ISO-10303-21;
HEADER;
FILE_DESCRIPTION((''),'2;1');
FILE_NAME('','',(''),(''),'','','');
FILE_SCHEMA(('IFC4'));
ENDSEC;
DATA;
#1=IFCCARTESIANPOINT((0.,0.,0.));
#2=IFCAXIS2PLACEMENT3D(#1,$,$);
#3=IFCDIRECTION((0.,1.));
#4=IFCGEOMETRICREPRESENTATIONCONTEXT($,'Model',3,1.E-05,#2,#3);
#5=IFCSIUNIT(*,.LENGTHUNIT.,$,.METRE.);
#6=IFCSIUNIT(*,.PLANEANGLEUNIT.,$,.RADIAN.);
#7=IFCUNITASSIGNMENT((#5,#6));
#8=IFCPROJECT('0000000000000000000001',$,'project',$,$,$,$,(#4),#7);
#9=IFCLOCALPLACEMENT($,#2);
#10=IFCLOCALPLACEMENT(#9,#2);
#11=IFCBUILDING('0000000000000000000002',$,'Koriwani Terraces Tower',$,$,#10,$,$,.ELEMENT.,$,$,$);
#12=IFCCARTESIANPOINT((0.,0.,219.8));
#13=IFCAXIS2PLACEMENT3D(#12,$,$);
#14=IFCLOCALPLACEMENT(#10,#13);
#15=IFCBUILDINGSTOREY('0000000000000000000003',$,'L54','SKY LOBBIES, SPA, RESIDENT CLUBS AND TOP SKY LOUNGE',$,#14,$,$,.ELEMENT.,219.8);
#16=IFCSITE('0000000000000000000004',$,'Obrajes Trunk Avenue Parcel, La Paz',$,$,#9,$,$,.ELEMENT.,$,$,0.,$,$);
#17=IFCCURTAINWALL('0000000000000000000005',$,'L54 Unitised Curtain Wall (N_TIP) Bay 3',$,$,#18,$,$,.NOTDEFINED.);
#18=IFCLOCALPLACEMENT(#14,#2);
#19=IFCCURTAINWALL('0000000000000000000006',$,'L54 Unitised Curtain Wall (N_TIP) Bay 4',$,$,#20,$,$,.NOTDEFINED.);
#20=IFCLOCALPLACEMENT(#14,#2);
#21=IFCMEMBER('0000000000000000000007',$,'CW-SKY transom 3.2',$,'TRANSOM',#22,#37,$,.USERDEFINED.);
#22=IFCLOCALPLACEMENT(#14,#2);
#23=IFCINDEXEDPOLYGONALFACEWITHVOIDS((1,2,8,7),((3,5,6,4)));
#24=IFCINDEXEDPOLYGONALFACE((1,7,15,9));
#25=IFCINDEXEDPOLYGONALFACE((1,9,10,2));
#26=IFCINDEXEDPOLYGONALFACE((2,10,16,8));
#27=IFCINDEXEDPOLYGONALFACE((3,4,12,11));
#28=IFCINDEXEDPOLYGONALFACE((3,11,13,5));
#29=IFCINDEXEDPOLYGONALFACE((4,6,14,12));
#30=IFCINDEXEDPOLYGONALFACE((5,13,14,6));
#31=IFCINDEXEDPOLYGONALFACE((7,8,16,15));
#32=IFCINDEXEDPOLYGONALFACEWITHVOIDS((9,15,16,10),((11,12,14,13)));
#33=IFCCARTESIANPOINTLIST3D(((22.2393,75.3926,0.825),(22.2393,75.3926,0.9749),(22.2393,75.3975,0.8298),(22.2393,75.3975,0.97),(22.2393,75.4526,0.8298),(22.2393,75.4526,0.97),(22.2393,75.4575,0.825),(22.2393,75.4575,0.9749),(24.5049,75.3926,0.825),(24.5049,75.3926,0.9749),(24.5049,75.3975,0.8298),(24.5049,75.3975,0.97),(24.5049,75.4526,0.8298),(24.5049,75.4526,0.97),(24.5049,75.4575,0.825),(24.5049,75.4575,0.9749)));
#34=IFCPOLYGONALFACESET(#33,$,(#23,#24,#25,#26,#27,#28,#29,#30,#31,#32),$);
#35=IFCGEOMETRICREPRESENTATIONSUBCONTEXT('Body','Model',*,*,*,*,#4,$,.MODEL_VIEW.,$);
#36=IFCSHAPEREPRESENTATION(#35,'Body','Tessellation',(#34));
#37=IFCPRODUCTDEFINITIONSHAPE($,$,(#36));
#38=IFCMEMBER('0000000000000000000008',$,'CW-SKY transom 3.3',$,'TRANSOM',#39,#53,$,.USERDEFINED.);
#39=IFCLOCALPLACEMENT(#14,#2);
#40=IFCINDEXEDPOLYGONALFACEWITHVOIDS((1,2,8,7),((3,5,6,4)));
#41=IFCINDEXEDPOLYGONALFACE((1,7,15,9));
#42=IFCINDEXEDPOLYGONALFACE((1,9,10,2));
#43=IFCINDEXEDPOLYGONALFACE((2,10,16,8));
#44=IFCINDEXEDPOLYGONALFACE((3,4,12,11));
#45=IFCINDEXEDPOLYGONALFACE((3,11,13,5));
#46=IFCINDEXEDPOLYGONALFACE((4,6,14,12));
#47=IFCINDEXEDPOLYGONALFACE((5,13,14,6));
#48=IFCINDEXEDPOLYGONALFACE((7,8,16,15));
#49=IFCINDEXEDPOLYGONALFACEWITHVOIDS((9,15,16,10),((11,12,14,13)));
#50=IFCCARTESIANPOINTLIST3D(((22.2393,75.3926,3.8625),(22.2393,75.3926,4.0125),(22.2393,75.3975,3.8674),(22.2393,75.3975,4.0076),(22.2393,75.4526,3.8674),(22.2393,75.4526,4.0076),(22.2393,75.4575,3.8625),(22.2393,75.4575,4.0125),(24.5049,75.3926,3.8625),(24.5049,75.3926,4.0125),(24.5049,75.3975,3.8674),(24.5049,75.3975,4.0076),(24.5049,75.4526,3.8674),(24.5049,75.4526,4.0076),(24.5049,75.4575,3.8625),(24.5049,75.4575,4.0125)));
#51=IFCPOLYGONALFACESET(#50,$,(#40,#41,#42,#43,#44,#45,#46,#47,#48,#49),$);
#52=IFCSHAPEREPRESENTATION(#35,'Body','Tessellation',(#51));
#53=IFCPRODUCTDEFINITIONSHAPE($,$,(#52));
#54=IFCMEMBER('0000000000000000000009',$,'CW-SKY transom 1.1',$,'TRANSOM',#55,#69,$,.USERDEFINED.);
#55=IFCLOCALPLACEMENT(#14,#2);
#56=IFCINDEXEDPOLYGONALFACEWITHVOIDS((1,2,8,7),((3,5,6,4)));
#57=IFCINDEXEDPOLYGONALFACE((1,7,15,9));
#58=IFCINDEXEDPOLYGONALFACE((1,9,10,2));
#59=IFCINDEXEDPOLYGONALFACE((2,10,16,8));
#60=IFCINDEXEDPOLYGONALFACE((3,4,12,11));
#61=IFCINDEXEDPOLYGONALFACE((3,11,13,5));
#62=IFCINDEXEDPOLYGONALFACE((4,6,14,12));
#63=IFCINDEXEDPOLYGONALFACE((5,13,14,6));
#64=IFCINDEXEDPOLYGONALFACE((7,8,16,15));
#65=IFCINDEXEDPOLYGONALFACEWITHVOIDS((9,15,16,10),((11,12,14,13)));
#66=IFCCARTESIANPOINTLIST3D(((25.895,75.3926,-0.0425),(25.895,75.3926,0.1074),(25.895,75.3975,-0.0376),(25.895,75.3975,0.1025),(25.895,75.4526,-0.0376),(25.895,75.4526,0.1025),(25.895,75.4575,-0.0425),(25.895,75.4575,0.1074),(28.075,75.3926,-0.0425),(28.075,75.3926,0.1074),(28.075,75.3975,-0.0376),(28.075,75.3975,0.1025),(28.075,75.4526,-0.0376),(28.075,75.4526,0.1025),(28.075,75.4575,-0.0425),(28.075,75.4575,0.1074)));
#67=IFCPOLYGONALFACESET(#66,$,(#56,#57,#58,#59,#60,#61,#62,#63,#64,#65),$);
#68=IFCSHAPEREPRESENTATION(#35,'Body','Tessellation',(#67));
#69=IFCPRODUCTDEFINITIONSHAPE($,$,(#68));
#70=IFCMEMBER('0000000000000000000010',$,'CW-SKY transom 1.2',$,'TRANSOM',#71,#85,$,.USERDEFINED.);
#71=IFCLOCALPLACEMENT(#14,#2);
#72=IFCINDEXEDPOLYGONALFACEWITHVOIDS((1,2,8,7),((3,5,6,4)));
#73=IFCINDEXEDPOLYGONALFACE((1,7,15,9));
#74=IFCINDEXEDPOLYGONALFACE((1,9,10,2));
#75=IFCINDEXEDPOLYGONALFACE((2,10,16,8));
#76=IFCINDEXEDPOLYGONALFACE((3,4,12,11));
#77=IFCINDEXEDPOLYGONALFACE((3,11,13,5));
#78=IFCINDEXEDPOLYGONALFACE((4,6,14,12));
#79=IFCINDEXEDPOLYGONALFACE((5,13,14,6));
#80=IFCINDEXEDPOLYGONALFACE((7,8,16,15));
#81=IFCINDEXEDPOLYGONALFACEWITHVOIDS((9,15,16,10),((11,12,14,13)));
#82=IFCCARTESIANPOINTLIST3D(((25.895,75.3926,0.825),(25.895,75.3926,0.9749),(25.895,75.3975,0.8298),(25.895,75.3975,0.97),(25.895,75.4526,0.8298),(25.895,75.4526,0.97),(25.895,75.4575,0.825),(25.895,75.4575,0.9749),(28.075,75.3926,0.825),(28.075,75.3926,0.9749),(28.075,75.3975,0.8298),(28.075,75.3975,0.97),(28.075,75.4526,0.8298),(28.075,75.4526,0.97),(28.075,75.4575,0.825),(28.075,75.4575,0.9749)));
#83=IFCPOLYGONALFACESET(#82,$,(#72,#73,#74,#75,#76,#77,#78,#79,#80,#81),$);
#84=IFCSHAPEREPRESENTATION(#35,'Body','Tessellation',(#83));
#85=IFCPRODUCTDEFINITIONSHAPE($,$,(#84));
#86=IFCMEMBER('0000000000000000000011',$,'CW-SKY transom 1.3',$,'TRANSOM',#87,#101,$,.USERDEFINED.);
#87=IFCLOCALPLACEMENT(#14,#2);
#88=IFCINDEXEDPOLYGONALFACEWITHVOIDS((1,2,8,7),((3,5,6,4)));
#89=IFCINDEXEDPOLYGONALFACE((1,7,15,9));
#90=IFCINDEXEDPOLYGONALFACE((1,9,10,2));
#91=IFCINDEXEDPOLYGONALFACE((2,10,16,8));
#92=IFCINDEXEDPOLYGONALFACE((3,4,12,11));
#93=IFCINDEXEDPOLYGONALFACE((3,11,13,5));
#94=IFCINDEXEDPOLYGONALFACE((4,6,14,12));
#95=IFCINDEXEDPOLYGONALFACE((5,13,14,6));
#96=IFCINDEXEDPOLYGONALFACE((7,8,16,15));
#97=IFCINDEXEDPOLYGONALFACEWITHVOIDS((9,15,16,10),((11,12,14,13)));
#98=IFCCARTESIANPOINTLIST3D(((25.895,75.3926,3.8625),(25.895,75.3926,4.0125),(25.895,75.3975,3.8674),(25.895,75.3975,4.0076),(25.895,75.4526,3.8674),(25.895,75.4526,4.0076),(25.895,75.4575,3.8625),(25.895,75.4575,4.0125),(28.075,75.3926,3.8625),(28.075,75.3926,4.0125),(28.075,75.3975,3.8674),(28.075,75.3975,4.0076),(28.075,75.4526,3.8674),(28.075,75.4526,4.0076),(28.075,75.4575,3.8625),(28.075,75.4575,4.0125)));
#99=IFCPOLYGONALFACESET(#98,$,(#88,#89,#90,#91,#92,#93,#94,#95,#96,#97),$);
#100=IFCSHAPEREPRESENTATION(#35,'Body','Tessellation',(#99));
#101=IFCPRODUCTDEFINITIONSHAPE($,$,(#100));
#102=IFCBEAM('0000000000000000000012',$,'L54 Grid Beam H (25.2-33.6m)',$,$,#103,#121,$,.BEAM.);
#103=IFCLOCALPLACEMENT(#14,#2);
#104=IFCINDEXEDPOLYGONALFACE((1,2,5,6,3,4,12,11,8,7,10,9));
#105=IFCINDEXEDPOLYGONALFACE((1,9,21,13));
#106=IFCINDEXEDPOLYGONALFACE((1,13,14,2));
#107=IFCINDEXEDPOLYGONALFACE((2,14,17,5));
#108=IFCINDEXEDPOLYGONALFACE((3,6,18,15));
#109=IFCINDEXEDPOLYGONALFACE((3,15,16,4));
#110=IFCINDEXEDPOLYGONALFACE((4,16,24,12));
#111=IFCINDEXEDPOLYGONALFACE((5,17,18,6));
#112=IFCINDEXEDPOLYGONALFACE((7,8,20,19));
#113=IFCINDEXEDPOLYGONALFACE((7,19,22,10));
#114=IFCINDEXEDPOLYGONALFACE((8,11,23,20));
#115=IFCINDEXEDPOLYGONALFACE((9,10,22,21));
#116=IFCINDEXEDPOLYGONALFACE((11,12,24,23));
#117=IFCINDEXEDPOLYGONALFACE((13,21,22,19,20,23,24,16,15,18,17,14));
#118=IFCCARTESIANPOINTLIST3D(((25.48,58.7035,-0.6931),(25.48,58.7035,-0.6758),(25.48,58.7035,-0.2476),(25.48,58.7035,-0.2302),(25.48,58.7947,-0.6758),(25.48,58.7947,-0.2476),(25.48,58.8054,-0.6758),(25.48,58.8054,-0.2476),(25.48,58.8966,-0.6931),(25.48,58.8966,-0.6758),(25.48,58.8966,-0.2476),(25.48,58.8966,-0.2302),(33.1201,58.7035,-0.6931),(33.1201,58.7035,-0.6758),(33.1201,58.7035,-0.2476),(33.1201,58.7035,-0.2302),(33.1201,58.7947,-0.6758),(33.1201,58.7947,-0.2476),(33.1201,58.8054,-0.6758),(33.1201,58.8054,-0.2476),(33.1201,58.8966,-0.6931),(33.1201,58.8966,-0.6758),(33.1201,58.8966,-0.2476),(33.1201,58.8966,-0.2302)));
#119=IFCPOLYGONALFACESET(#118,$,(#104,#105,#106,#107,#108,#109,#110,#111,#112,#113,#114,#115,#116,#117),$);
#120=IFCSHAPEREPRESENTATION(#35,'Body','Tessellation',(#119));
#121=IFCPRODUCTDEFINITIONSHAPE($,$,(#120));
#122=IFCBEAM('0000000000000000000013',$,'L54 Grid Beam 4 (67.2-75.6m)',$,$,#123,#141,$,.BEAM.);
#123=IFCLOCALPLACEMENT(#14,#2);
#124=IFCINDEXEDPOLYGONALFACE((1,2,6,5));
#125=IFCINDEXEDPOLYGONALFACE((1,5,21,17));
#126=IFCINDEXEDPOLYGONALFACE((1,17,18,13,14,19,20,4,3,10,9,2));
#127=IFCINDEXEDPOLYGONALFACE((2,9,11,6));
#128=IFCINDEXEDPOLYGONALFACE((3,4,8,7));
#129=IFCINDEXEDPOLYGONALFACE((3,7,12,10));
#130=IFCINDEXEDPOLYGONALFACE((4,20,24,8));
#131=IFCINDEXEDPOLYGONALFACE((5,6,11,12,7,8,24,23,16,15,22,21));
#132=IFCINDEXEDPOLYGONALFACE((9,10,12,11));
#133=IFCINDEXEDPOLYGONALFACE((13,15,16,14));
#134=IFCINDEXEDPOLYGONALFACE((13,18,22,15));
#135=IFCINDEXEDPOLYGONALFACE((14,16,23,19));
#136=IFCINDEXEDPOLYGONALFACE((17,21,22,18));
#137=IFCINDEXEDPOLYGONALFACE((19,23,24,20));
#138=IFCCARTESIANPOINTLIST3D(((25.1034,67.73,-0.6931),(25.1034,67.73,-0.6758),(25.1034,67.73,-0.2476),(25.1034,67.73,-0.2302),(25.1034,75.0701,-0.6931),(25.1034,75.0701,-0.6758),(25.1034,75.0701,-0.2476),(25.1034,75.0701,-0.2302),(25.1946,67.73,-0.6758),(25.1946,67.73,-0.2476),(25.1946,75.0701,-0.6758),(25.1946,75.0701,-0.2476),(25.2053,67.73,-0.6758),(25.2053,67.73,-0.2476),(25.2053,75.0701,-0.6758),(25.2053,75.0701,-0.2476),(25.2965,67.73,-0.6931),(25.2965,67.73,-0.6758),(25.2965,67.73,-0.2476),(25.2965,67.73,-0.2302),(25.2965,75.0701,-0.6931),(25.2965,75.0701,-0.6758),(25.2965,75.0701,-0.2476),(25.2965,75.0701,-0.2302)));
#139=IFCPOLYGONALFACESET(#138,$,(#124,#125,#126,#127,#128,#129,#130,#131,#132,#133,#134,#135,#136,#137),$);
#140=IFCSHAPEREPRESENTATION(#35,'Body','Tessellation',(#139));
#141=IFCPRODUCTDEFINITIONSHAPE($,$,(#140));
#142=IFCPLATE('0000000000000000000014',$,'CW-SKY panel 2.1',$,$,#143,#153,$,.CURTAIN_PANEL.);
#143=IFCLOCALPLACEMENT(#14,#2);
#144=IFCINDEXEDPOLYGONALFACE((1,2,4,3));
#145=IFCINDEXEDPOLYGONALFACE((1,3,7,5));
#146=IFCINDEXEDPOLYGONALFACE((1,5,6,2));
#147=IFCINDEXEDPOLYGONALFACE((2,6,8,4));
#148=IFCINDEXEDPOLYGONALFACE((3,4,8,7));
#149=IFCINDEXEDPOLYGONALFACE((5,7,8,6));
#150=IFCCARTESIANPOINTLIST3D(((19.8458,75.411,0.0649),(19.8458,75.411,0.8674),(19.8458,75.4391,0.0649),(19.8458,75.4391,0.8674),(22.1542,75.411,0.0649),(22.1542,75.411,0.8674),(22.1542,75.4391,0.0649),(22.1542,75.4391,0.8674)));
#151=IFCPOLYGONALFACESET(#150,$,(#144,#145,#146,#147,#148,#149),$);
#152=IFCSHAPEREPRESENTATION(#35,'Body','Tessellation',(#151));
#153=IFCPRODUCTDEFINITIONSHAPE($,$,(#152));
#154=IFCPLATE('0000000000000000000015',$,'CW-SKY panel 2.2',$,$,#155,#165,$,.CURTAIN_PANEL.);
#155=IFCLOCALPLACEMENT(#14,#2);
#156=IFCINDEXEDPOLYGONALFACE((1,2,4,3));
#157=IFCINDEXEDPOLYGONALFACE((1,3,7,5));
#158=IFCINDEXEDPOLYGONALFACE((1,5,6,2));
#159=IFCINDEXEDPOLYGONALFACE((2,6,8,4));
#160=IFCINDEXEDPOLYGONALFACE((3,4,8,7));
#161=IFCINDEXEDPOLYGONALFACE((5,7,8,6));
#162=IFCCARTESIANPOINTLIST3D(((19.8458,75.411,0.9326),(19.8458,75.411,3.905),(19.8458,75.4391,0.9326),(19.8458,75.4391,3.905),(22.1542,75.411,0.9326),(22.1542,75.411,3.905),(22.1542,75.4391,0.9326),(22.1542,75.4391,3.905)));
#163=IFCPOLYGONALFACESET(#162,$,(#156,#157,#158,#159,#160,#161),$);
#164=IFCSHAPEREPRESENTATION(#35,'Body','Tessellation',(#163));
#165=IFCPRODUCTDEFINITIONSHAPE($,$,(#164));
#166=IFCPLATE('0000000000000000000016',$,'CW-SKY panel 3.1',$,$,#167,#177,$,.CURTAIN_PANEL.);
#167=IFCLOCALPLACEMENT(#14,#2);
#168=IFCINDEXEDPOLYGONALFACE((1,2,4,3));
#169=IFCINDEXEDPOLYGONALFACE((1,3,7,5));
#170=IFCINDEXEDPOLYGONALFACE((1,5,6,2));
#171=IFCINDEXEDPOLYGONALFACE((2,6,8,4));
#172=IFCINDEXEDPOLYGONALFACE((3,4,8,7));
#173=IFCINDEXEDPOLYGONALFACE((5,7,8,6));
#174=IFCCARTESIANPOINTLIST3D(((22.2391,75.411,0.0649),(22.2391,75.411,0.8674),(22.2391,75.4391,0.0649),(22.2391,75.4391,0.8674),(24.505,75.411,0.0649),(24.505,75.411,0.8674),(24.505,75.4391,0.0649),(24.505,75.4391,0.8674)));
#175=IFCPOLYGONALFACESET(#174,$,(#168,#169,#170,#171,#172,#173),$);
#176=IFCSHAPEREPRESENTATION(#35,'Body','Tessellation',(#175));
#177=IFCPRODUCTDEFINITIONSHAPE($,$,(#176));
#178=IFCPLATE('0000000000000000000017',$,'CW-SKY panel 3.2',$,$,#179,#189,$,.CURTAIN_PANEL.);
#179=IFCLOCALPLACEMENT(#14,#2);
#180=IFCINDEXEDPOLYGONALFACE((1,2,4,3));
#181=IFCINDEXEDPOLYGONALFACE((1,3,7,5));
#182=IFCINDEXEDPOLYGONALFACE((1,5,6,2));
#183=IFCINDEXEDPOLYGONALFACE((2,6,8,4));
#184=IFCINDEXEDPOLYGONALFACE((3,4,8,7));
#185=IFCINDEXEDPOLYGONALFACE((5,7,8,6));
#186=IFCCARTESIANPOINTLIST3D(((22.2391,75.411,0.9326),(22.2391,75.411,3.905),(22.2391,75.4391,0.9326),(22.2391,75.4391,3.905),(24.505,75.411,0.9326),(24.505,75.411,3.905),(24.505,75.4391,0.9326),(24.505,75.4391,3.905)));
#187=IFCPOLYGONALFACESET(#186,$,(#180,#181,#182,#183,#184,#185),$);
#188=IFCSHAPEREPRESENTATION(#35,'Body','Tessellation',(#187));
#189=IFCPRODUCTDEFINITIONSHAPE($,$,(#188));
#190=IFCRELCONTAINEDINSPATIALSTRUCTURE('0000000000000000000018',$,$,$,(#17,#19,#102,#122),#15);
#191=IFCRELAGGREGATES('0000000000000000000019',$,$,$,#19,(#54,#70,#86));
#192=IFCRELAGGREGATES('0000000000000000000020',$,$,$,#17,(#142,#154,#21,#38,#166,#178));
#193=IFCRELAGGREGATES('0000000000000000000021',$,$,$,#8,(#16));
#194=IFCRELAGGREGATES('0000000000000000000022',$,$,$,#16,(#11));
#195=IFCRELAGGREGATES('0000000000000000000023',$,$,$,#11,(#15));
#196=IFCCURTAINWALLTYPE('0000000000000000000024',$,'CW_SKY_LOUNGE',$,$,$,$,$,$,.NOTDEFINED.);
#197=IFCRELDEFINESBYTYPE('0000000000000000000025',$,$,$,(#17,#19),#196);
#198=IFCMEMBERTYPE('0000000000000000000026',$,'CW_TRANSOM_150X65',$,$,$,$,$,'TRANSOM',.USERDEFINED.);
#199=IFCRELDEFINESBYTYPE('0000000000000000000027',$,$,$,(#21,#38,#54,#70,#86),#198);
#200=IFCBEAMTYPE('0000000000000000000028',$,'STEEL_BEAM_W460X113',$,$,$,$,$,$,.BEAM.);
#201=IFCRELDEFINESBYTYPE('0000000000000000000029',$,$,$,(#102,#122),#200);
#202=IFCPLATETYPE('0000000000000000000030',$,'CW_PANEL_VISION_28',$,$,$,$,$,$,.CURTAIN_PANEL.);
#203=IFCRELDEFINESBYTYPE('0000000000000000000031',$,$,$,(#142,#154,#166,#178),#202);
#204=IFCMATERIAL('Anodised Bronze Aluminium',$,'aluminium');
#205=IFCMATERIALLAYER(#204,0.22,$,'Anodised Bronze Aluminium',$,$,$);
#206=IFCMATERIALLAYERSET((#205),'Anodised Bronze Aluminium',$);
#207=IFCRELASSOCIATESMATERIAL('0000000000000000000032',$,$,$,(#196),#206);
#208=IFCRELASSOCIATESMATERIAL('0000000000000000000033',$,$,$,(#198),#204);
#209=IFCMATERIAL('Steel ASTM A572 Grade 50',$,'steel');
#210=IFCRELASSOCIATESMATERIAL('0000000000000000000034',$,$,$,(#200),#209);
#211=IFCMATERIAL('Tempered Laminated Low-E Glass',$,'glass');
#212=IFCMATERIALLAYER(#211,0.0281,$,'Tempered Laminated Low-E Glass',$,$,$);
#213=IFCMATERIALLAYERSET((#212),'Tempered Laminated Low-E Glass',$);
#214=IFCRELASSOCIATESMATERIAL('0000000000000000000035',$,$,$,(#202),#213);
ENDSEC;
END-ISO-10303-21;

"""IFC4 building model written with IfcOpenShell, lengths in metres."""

from ifc_helpers import new_model, si_unit, direction, frame, origin, origin_2d, place, context, subcontext, project, spatial, rectangle, hollow_rectangle, i_section, extrude, material, layer, layer_set, material_profile, profile_set, type_object, element, aggregate, save


model = new_model("IFC4")

# Units and contexts
model_context = context("Model", 3, precision=1e-05, world=origin(), true_north=direction((0.0, 1.0)))
body_context = subcontext(model_context, "Body", "Model", "MODEL_VIEW")
ifc_project = project(units=[si_unit("LENGTHUNIT", "METRE"), si_unit("PLANEANGLEUNIT", "RADIAN")], contexts=[model_context])

# Site, building, storey
site_placement = place(None, origin())
site = spatial("IfcSite", under=ifc_project, at=site_placement, Name="Obrajes Trunk Avenue Parcel, La Paz", CompositionType="ELEMENT", RefElevation=0.0)
building_placement = place(site_placement, origin())
building = spatial("IfcBuilding", under=site, at=building_placement, Name="Koriwani Terraces Tower", CompositionType="ELEMENT")
storey_placement = place(building_placement, frame((0.0, 0.0, 219.8)))
storey = spatial("IfcBuildingStorey", under=building, at=storey_placement, Name="L54", Description="SKY LOBBIES, SPA, RESIDENT CLUBS AND TOP SKY LOUNGE", CompositionType="ELEMENT", Elevation=219.8)

# Curtain wall
ifc_material_1 = material(Name="Anodised Bronze Aluminium", Category="aluminium")
ifc_layer_1 = layer(ifc_material_1, 0.22, Name="Anodised Bronze Aluminium")
ifc_layer_set_1 = layer_set([ifc_layer_1], Name="Anodised Bronze Aluminium")
curtain_wall_type = type_object("IfcCurtainWallType", Name="CW_SKY_LOUNGE", PredefinedType="NOTDEFINED", material=ifc_layer_set_1)
curtain_wall_1_placement = place(storey_placement, origin())
curtain_wall_1 = element("IfcCurtainWall", 1, at=curtain_wall_1_placement, inside=storey, type_object=curtain_wall_type, Name="L54 Unitised Curtain Wall (N_TIP) Bay 3", PredefinedType="NOTDEFINED")

# Curtain wall
curtain_wall_2_placement = place(storey_placement, origin())
curtain_wall_2 = element("IfcCurtainWall", 2, at=curtain_wall_2_placement, inside=storey, type_object=curtain_wall_type, Name="L54 Unitised Curtain Wall (N_TIP) Bay 4", PredefinedType="NOTDEFINED")

# Members
ifc_material_profile_1 = material_profile(ifc_material_1, hollow_rectangle(XDim=0.0649, YDim=0.1499, WallThickness=0.0049, at=origin_2d()), Name="Anodised Bronze Aluminium", Category="LoadBearing")
ifc_profile_set_1 = profile_set([ifc_material_profile_1], Name="Anodised Bronze Aluminium")
member_type_1 = type_object("IfcMemberType", Name="CW_TRANSOM_150X65", ElementType="TRANSOM", PredefinedType="USERDEFINED", material=ifc_profile_set_1)
member_1_placement = place(storey_placement, frame((22.2393, 75.425, 0.8999), z_axis=(1.0, 0.0, 0.0), x_axis=(0.0, 1.0, 0.0)))
member_1 = element("IfcMember", 3, at=member_1_placement, type_object=member_type_1, Name="CW-SKY transom 3.2", ObjectType="TRANSOM", PredefinedType="USERDEFINED", context=body_context, shape_type="SweptSolid", body=[
    extrude(hollow_rectangle(XDim=0.0649, YDim=0.1499, WallThickness=0.0049, at=origin_2d()), origin(), (0.0, 0.0, 1.0), 2.2656),
])
member_2_placement = place(storey_placement, frame((22.2393, 75.425, 3.9375), z_axis=(1.0, 0.0, 0.0), x_axis=(0.0, 1.0, 0.0)))
member_2 = element("IfcMember", 4, at=member_2_placement, type_object=member_type_1, Name="CW-SKY transom 3.3", ObjectType="TRANSOM", PredefinedType="USERDEFINED", context=body_context, shape_type="SweptSolid", body=[
    extrude(hollow_rectangle(XDim=0.0649, YDim=0.1499, WallThickness=0.0049, at=origin_2d()), origin(), (0.0, 0.0, 1.0), 2.2656),
])
member_3_placement = place(storey_placement, frame((25.895, 75.425, 0.0325), z_axis=(1.0, 0.0, 0.0), x_axis=(0.0, 1.0, 0.0)))
member_3 = element("IfcMember", 5, at=member_3_placement, type_object=member_type_1, Name="CW-SKY transom 1.1", ObjectType="TRANSOM", PredefinedType="USERDEFINED", context=body_context, shape_type="SweptSolid", body=[
    extrude(hollow_rectangle(XDim=0.0649, YDim=0.1499, WallThickness=0.0049, at=origin_2d()), origin(), (0.0, 0.0, 1.0), 2.1799),
])
member_4_placement = place(storey_placement, frame((25.895, 75.425, 0.8999), z_axis=(1.0, 0.0, 0.0), x_axis=(0.0, 1.0, 0.0)))
member_4 = element("IfcMember", 6, at=member_4_placement, type_object=member_type_1, Name="CW-SKY transom 1.2", ObjectType="TRANSOM", PredefinedType="USERDEFINED", context=body_context, shape_type="SweptSolid", body=[
    extrude(hollow_rectangle(XDim=0.0649, YDim=0.1499, WallThickness=0.0049, at=origin_2d()), origin(), (0.0, 0.0, 1.0), 2.1799),
])
member_5_placement = place(storey_placement, frame((25.895, 75.425, 3.9375), z_axis=(1.0, 0.0, 0.0), x_axis=(0.0, 1.0, 0.0)))
member_5 = element("IfcMember", 7, at=member_5_placement, type_object=member_type_1, Name="CW-SKY transom 1.3", ObjectType="TRANSOM", PredefinedType="USERDEFINED", context=body_context, shape_type="SweptSolid", body=[
    extrude(hollow_rectangle(XDim=0.0649, YDim=0.1499, WallThickness=0.0049, at=origin_2d()), origin(), (0.0, 0.0, 1.0), 2.1799),
])
aggregate(curtain_wall_2, [member_3, member_4, member_5])

# Beams
ifc_material_2 = material(Name="Steel ASTM A572 Grade 50", Category="steel")
ifc_material_profile_2 = material_profile(ifc_material_2, i_section(OverallWidth=0.1931, OverallDepth=0.4629, WebThickness=0.0107, FlangeThickness=0.0173, at=origin_2d()), Name="Steel ASTM A572 Grade 50", Category="LoadBearing")
ifc_profile_set_2 = profile_set([ifc_material_profile_2], Name="Steel ASTM A572 Grade 50")
beam_type_1 = type_object("IfcBeamType", Name="STEEL_BEAM_W460X113", PredefinedType="BEAM", material=ifc_profile_set_2)
beam_1_placement = place(storey_placement, frame((25.48, 58.8, -0.4617), z_axis=(1.0, 0.0, 0.0), x_axis=(0.0, 1.0, 0.0)))
element("IfcBeam", 8, at=beam_1_placement, inside=storey, type_object=beam_type_1, Name="L54 Grid Beam H (25.2-33.6m)", PredefinedType="BEAM", context=body_context, shape_type="SweptSolid", body=[
    extrude(i_section(OverallWidth=0.1931, OverallDepth=0.4629, WebThickness=0.0107, FlangeThickness=0.0173, at=origin_2d()), origin(), (0.0, 0.0, 1.0), 7.6401),
])
beam_2_placement = place(storey_placement, frame((25.2, 67.73, -0.4617), z_axis=(0.0, 1.0, 0.0), x_axis=(-1.0, 0.0, 0.0)))
element("IfcBeam", 9, at=beam_2_placement, inside=storey, type_object=beam_type_1, Name="L54 Grid Beam 4 (67.2-75.6m)", PredefinedType="BEAM", context=body_context, shape_type="SweptSolid", body=[
    extrude(i_section(OverallWidth=0.1931, OverallDepth=0.4629, WebThickness=0.0107, FlangeThickness=0.0173, at=origin_2d()), origin(), (0.0, 0.0, 1.0), 7.3401),
])

# Plates
ifc_material_3 = material(Name="Tempered Laminated Low-E Glass", Category="glass")
ifc_layer_2 = layer(ifc_material_3, 0.0281, Name="Tempered Laminated Low-E Glass")
ifc_layer_set_2 = layer_set([ifc_layer_2], Name="Tempered Laminated Low-E Glass")
plate_type = type_object("IfcPlateType", Name="CW_PANEL_VISION_28", PredefinedType="CURTAIN_PANEL", material=ifc_layer_set_2)
plate_1_placement = place(storey_placement, frame((21.0, 75.425, 0.0649), z_axis=(0.0, 0.0, 1.0), x_axis=(1.0, 0.0, 0.0)))
plate_1 = element("IfcPlate", 10, at=plate_1_placement, type_object=plate_type, Name="CW-SKY panel 2.1", PredefinedType="CURTAIN_PANEL", context=body_context, shape_type="SweptSolid", body=[
    extrude(rectangle(XDim=2.3083, YDim=0.0281, at=origin_2d()), origin(), (0.0, 0.0, 1.0), 0.8025),
])
plate_2_placement = place(storey_placement, frame((21.0, 75.425, 0.9326), z_axis=(0.0, 0.0, 1.0), x_axis=(1.0, 0.0, 0.0)))
plate_2 = element("IfcPlate", 11, at=plate_2_placement, type_object=plate_type, Name="CW-SKY panel 2.2", PredefinedType="CURTAIN_PANEL", context=body_context, shape_type="SweptSolid", body=[
    extrude(rectangle(XDim=2.3083, YDim=0.0281, at=origin_2d()), origin(), (0.0, 0.0, 1.0), 2.9724),
])
plate_3_placement = place(storey_placement, frame((23.3721, 75.425, 0.0649), z_axis=(0.0, 0.0, 1.0), x_axis=(1.0, 0.0, 0.0)))
plate_3 = element("IfcPlate", 12, at=plate_3_placement, type_object=plate_type, Name="CW-SKY panel 3.1", PredefinedType="CURTAIN_PANEL", context=body_context, shape_type="SweptSolid", body=[
    extrude(rectangle(XDim=2.2659, YDim=0.0281, at=origin_2d()), origin(), (0.0, 0.0, 1.0), 0.8025),
])
plate_4_placement = place(storey_placement, frame((23.3721, 75.425, 0.9326), z_axis=(0.0, 0.0, 1.0), x_axis=(1.0, 0.0, 0.0)))
plate_4 = element("IfcPlate", 13, at=plate_4_placement, type_object=plate_type, Name="CW-SKY panel 3.2", PredefinedType="CURTAIN_PANEL", context=body_context, shape_type="SweptSolid", body=[
    extrude(rectangle(XDim=2.2659, YDim=0.0281, at=origin_2d()), origin(), (0.0, 0.0, 1.0), 2.9724),
])
aggregate(curtain_wall_1, [plate_1, plate_2, member_1, member_2, plate_3, plate_4])

save(model, "model.ifc")
